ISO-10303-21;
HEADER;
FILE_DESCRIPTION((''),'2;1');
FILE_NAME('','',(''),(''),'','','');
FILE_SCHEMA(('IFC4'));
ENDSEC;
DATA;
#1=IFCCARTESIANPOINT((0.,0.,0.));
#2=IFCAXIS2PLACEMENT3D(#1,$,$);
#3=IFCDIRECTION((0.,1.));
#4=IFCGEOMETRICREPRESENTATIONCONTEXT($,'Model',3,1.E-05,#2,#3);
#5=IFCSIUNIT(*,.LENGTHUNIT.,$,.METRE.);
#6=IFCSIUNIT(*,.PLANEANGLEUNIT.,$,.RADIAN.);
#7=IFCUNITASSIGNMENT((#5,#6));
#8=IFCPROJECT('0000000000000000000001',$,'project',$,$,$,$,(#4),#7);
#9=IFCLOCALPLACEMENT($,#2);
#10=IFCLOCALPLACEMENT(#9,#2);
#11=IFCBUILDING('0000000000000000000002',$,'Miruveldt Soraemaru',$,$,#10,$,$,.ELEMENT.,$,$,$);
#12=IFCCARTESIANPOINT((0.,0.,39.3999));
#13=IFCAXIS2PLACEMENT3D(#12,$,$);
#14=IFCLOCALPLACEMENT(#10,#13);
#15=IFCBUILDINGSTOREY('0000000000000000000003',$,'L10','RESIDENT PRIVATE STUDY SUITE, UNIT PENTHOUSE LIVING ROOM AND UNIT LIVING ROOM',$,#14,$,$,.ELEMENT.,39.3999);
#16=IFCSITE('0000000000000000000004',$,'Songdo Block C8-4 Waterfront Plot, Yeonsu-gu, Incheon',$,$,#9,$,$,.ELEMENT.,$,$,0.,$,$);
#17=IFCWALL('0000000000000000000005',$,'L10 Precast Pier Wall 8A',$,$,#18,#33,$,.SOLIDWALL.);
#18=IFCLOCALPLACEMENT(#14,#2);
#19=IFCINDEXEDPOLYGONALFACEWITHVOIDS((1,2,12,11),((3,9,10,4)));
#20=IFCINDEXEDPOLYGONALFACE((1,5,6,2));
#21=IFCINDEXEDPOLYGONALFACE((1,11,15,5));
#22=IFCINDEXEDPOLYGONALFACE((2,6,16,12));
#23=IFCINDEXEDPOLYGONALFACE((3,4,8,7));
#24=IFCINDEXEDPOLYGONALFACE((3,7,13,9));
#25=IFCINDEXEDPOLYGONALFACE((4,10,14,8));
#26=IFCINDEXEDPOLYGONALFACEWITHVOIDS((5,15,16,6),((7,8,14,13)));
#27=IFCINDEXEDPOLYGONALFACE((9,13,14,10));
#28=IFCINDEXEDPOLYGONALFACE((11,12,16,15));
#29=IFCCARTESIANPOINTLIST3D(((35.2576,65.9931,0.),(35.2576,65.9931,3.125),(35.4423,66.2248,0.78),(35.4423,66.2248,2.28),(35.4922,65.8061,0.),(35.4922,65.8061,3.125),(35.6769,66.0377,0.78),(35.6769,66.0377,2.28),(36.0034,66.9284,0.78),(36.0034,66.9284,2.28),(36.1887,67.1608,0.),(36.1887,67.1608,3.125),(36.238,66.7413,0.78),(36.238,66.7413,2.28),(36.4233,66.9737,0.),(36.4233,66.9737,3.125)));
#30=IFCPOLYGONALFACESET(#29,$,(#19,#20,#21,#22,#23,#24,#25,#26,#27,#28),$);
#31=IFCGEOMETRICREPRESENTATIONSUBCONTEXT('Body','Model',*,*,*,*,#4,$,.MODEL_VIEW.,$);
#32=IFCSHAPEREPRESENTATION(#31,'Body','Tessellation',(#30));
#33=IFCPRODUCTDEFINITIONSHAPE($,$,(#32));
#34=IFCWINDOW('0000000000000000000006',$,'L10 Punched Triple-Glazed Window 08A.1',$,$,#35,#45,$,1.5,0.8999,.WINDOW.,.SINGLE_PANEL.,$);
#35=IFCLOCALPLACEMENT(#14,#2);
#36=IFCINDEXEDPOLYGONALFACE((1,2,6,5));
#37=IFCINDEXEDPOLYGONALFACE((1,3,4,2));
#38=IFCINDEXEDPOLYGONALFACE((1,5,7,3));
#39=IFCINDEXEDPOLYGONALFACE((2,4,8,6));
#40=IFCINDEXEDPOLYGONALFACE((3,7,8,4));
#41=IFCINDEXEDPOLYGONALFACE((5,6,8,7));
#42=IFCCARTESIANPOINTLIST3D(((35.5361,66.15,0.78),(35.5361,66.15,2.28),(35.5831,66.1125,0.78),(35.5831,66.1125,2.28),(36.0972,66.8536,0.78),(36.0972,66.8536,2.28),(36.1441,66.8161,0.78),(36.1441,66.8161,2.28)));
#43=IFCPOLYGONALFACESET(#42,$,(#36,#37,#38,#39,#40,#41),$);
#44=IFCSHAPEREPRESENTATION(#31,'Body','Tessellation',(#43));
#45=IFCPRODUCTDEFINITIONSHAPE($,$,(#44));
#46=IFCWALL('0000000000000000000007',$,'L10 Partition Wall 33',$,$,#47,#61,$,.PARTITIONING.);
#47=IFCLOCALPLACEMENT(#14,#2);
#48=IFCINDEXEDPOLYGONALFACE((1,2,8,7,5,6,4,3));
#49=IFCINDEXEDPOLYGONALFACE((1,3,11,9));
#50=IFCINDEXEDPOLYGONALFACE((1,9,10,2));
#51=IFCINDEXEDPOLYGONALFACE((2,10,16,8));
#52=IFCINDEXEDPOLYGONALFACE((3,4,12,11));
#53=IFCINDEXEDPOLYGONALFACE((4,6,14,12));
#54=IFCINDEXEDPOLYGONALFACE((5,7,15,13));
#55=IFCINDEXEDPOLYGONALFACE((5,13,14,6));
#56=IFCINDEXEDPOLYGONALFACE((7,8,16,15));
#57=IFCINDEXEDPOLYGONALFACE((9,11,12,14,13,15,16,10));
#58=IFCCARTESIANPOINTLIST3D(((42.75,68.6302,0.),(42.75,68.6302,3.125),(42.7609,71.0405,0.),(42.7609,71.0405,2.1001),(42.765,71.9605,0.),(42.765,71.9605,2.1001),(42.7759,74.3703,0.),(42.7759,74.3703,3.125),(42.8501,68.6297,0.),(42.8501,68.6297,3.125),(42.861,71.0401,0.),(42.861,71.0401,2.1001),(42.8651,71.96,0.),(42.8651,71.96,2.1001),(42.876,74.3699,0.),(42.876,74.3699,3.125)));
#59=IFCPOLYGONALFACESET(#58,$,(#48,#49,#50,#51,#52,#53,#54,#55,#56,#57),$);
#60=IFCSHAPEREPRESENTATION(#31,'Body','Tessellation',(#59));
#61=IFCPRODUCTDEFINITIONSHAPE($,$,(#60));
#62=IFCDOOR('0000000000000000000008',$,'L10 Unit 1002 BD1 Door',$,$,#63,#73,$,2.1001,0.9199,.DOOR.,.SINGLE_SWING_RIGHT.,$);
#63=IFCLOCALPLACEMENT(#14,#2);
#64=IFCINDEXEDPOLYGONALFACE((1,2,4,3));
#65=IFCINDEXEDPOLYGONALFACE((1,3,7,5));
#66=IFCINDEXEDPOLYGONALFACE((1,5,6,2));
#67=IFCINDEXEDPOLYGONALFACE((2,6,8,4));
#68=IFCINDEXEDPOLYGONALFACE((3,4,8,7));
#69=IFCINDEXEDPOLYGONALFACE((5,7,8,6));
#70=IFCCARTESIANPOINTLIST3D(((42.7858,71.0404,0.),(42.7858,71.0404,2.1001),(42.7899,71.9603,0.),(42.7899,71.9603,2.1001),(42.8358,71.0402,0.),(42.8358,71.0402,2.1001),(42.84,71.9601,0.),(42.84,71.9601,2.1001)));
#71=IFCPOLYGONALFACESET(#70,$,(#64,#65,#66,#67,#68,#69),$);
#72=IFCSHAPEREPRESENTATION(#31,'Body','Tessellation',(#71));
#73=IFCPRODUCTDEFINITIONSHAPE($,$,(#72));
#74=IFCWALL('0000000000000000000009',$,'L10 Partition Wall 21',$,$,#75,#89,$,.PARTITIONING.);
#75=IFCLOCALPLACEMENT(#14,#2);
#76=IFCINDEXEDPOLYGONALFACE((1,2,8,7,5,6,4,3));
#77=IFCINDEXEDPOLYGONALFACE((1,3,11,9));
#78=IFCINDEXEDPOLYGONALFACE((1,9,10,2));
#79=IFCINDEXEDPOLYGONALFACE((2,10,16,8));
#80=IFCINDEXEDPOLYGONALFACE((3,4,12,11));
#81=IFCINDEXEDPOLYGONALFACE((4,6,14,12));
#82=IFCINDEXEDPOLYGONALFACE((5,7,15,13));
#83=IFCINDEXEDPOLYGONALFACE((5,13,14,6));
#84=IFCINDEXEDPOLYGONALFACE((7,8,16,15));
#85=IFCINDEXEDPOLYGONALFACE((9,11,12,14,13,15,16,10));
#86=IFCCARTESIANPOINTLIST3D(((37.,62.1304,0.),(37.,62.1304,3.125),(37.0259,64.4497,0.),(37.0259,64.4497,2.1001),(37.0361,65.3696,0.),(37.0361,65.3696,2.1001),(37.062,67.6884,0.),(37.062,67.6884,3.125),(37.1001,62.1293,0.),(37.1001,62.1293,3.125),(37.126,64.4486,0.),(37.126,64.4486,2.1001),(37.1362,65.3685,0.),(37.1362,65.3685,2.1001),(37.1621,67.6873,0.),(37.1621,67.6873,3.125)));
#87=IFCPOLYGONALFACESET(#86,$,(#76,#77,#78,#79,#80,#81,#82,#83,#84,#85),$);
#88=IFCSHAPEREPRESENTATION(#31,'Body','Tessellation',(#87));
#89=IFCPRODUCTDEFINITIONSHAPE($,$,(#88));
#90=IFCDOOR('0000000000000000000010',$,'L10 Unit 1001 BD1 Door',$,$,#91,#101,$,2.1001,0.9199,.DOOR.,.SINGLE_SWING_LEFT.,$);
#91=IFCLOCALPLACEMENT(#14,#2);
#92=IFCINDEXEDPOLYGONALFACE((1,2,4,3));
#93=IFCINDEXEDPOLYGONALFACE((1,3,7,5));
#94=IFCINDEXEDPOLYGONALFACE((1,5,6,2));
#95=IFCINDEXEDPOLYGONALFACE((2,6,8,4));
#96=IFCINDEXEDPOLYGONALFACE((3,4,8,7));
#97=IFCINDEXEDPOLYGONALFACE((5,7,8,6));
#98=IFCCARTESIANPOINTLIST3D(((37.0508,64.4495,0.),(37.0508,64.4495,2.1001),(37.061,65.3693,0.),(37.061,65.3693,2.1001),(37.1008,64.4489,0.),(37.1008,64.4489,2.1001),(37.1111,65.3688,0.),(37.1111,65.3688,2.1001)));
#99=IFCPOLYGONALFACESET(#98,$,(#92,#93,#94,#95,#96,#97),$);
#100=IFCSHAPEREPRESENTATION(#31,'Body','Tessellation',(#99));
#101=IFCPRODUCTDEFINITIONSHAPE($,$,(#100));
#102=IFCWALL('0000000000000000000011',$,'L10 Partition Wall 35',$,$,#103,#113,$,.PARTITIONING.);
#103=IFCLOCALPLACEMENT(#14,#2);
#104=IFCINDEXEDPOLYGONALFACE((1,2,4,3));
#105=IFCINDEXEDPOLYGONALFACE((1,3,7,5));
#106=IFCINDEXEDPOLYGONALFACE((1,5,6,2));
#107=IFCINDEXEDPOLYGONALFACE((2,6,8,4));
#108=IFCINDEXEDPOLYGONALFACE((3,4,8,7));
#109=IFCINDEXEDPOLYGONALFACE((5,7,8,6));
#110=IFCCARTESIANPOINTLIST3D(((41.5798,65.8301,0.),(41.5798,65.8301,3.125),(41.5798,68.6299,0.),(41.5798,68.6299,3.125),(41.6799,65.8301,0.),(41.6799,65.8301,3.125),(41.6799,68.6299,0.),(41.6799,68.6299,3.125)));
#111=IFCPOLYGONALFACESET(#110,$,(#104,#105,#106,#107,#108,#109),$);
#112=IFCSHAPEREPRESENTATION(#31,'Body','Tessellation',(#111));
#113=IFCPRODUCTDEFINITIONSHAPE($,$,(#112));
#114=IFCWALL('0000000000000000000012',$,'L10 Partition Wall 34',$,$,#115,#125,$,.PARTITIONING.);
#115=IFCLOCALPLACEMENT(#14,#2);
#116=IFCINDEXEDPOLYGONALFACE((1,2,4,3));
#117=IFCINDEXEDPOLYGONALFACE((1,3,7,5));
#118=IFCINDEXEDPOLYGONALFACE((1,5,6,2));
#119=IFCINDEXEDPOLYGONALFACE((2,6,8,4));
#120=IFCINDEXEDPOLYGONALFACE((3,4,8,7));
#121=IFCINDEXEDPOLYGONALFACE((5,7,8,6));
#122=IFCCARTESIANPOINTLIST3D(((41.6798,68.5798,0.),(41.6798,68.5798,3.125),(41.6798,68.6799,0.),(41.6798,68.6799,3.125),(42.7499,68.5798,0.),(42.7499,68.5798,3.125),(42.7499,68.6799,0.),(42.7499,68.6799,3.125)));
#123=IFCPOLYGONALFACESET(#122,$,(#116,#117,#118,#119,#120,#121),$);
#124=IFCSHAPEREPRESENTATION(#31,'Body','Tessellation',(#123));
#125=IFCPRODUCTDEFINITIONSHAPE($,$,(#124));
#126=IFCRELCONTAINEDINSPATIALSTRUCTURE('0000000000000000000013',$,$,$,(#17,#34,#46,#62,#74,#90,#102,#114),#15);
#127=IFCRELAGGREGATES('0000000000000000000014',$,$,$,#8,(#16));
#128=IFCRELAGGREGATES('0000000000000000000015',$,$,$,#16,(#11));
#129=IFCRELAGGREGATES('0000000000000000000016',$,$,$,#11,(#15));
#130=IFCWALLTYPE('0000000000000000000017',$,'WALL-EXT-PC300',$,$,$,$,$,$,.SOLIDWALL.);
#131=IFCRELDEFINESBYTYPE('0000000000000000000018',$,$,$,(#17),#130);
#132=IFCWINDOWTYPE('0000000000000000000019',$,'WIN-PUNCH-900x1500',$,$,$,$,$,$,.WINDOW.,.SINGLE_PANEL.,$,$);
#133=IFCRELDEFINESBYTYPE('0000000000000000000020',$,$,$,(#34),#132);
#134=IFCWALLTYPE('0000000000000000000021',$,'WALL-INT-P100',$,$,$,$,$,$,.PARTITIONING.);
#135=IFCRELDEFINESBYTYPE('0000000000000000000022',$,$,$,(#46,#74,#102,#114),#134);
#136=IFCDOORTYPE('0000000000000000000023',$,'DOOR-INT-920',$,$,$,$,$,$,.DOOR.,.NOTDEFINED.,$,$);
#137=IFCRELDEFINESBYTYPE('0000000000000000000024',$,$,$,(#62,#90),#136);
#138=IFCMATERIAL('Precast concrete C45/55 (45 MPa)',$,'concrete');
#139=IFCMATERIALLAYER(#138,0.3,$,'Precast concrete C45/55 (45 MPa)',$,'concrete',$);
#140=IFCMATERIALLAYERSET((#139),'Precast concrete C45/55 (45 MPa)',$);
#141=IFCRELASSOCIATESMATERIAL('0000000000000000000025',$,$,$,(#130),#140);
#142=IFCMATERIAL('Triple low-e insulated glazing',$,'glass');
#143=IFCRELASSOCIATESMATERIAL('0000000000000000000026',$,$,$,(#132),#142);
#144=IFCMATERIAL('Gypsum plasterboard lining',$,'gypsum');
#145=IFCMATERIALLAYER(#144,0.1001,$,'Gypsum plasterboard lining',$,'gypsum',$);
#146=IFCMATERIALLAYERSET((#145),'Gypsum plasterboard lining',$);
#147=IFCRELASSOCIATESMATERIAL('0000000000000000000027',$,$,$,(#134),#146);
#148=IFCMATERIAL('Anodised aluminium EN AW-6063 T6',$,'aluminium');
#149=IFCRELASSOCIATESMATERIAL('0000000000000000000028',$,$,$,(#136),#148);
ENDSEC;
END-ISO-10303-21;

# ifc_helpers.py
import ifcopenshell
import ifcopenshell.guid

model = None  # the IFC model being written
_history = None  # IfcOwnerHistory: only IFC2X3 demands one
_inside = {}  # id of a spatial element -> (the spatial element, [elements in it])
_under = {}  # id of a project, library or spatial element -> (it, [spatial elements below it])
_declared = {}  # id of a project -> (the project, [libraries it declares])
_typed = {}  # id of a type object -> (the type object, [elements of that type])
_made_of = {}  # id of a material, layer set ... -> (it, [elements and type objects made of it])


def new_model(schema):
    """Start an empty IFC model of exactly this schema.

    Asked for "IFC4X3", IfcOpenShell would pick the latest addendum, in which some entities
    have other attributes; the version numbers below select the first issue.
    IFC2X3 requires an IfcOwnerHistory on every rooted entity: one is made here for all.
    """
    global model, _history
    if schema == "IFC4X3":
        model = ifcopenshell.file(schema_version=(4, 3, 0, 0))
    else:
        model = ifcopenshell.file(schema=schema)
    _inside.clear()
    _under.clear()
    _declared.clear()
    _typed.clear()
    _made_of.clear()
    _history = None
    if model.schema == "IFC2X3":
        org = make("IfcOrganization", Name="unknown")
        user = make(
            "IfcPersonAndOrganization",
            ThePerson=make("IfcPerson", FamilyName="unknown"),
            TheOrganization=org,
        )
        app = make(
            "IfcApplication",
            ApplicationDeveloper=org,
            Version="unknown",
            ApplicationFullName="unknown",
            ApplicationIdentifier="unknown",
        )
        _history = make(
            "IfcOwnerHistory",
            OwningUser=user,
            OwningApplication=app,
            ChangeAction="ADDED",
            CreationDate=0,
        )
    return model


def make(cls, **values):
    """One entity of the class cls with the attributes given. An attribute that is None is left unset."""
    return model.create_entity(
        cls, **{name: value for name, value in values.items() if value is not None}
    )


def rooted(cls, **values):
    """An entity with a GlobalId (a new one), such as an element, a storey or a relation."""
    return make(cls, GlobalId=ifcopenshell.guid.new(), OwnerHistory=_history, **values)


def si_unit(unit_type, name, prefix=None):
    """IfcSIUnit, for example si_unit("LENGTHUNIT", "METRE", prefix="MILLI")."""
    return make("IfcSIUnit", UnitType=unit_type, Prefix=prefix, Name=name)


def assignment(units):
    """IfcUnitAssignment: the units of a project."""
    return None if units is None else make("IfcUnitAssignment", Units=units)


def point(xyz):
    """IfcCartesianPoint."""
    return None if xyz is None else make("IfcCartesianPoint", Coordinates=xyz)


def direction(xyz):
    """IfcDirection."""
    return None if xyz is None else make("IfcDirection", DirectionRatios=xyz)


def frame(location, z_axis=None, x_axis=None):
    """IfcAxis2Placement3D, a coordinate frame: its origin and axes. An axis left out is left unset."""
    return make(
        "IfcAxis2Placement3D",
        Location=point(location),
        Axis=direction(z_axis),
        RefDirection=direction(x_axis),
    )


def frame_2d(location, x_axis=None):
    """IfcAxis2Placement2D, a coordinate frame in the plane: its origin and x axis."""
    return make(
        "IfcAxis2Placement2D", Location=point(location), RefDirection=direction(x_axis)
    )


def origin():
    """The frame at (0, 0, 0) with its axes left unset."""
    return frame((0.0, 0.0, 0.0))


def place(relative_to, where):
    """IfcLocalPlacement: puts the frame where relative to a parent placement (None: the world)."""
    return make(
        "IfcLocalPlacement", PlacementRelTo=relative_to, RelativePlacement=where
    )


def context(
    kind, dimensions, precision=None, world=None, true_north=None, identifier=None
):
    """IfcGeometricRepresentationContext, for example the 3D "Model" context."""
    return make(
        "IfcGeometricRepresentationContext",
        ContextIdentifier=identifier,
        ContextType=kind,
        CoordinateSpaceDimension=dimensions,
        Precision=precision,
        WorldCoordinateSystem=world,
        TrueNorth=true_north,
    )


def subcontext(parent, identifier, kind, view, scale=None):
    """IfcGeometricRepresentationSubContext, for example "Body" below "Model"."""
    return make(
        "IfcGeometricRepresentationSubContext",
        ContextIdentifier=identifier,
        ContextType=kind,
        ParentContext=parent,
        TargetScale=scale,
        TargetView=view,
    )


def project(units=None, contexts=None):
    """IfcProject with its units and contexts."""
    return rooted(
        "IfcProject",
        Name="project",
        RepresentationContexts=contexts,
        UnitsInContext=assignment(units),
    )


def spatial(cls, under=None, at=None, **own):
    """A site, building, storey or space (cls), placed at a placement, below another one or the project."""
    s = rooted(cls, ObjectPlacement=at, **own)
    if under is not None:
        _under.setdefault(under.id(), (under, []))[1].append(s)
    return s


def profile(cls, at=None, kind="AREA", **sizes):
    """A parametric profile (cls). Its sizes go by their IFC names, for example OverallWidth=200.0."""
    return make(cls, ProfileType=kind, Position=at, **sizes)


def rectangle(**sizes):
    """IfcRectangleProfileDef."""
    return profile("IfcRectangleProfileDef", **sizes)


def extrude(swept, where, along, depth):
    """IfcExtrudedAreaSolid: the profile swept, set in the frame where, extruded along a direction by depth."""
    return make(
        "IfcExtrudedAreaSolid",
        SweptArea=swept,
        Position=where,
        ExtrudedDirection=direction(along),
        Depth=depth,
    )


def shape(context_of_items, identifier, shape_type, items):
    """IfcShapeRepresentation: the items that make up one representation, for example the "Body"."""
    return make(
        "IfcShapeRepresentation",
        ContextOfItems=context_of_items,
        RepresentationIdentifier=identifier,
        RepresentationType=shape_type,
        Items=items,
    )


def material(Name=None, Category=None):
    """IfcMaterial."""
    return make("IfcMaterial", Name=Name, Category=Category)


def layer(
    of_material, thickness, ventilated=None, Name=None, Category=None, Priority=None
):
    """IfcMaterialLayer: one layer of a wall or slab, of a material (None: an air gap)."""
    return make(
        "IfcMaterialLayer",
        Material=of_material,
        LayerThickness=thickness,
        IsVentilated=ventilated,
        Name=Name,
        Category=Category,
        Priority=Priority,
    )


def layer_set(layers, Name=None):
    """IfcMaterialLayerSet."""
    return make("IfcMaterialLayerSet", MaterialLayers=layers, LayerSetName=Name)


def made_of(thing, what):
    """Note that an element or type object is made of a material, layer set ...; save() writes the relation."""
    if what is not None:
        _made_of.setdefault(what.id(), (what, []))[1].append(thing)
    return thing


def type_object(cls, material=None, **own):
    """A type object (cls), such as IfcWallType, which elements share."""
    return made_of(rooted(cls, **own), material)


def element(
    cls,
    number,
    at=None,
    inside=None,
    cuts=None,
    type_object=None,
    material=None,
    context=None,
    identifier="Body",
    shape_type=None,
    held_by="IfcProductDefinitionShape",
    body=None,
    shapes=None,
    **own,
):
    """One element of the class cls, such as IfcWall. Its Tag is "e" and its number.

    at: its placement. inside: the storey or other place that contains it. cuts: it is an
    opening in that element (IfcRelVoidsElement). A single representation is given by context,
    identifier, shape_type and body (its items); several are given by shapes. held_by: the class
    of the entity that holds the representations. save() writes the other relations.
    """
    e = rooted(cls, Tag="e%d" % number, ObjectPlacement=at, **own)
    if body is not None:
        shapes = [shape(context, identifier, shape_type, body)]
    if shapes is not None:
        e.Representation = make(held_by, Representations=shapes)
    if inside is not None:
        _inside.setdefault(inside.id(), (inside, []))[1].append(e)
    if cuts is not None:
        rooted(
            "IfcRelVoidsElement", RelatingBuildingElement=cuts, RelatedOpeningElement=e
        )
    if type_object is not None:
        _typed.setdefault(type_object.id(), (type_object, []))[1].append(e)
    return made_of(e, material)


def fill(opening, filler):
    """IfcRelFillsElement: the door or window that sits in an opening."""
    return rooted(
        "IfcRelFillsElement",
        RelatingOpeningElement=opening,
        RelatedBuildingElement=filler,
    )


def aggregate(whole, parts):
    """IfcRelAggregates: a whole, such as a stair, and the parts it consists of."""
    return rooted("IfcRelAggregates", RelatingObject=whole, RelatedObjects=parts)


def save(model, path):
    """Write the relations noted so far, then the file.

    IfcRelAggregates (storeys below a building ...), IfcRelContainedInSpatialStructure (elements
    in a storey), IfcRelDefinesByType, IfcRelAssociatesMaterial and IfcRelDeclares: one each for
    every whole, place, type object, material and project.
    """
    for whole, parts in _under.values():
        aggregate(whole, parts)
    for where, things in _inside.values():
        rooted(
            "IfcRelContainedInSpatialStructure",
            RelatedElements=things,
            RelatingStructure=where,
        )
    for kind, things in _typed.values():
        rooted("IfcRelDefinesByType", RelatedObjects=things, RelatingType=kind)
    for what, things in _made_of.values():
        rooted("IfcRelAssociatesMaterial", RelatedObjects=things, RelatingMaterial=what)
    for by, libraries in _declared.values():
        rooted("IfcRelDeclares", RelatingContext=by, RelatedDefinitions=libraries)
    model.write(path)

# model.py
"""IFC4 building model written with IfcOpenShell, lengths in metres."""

from ifc_helpers import new_model, si_unit, direction, frame, frame_2d, origin, place, context, subcontext, project, spatial, rectangle, extrude, material, layer, layer_set, type_object, element, fill, save


model = new_model("IFC4")

# Units and contexts
model_context = context("Model", 3, precision=1e-05, world=origin(), true_north=direction((0.0, 1.0)))
body_context = subcontext(model_context, "Body", "Model", "MODEL_VIEW")
ifc_project = project(units=[si_unit("LENGTHUNIT", "METRE"), si_unit("PLANEANGLEUNIT", "RADIAN")], contexts=[model_context])

# Site, building, storey
site_placement = place(None, origin())
site = spatial("IfcSite", under=ifc_project, at=site_placement, Name="Songdo Block C8-4 Waterfront Plot, Yeonsu-gu, Incheon", CompositionType="ELEMENT", RefElevation=0.0)
building_placement = place(site_placement, origin())
building = spatial("IfcBuilding", under=site, at=building_placement, Name="Miruveldt Soraemaru", CompositionType="ELEMENT")
storey_placement = place(building_placement, frame((0.0, 0.0, 39.3999)))
storey = spatial("IfcBuildingStorey", under=building, at=storey_placement, Name="L10", Description="RESIDENT PRIVATE STUDY SUITE, UNIT PENTHOUSE LIVING ROOM AND UNIT LIVING ROOM", CompositionType="ELEMENT", Elevation=39.3999)

# Shared definitions
ifc_material_1 = material(Name="Anodised aluminium EN AW-6063 T6", Category="aluminium")

# Wall, opening, window
ifc_material_2 = material(Name="Triple low-e insulated glazing", Category="glass")
ifc_material_3 = material(Name="Precast concrete C45/55 (45 MPa)", Category="concrete")
ifc_layer_1 = layer(ifc_material_3, 0.3, Name="Precast concrete C45/55 (45 MPa)", Category="concrete")
ifc_layer_set_1 = layer_set([ifc_layer_1], Name="Precast concrete C45/55 (45 MPa)")
wall_type_1 = type_object("IfcWallType", Name="WALL-EXT-PC300", PredefinedType="SOLIDWALL", material=ifc_layer_set_1)
wall_1_placement = place(storey_placement, frame((36.3059, 67.0671, 0.0), z_axis=(0.0, 0.0, 1.0), x_axis=(-0.623458, -0.781857, 0.0)))
wall_1 = element("IfcWall", 1, at=wall_1_placement, inside=storey, type_object=wall_type_1, Name="L10 Precast Pier Wall 8A", PredefinedType="SOLIDWALL", context=body_context, shape_type="SweptSolid", body=[
    extrude(rectangle(XDim=1.4934, YDim=0.3, at=frame_2d((0.7466, 0.0))), origin(), (0.0, 0.0, 1.0), 3.125),
])
opening_1_placement = place(wall_1_placement, frame((0.2971, 0.0, 0.78)))
opening_1 = element("IfcOpeningElement", 2, at=opening_1_placement, cuts=wall_1, PredefinedType="OPENING", context=body_context, shape_type="SweptSolid", body=[
    extrude(rectangle(XDim=0.8999, YDim=1.5, at=frame_2d((0.45, 0.75))), frame((0.0, 0.1602, 0.0), z_axis=(0.0, -1.0, 0.0), x_axis=(1.0, 0.0, 0.0)), (0.0, 0.0, 1.0), 0.3201),
])
window_type_1 = type_object("IfcWindowType", Name="WIN-PUNCH-900x1500", PartitioningType="SINGLE_PANEL", PredefinedType="WINDOW", material=ifc_material_2)
window_1_placement = place(opening_1_placement, origin())
window_1 = element("IfcWindow", 3, at=window_1_placement, inside=storey, type_object=window_type_1, Name="L10 Punched Triple-Glazed Window 08A.1", OverallHeight=1.5, OverallWidth=0.8999, PartitioningType="SINGLE_PANEL", PredefinedType="WINDOW", context=body_context, shape_type="SweptSolid", body=[
    extrude(rectangle(XDim=0.8999, YDim=1.5, at=frame_2d((0.45, 0.75))), frame((0.0, 0.03, 0.0), z_axis=(0.0, -1.0, 0.0), x_axis=(1.0, 0.0, 0.0)), (0.0, 0.0, 1.0), 0.0601),
])
fill(opening_1, window_1)

# Walls, openings, doors
ifc_material_4 = material(Name="Gypsum plasterboard lining", Category="gypsum")
ifc_layer_2 = layer(ifc_material_4, 0.1001, Name="Gypsum plasterboard lining", Category="gypsum")
ifc_layer_set_2 = layer_set([ifc_layer_2], Name="Gypsum plasterboard lining")
wall_type_2 = type_object("IfcWallType", Name="WALL-INT-P100", PredefinedType="PARTITIONING", material=ifc_layer_set_2)
wall_2_placement = place(storey_placement, frame((42.8259, 74.3701, 0.0), z_axis=(0.0, 0.0, 1.0), x_axis=(-0.004508, -0.99999, 0.0)))
wall_2 = element("IfcWall", 4, at=wall_2_placement, inside=storey, type_object=wall_type_2, Name="L10 Partition Wall 33", PredefinedType="PARTITIONING", context=body_context, shape_type="SweptSolid", body=[
    extrude(rectangle(XDim=5.7402, YDim=0.1001, at=frame_2d((2.8701, 0.0))), origin(), (0.0, 0.0, 1.0), 3.125),
])
opening_2_placement = place(wall_2_placement, frame((2.4099, 0.0, 0.0)))
opening_2 = element("IfcOpeningElement", 5, at=opening_2_placement, cuts=wall_2, PredefinedType="OPENING", context=body_context, shape_type="SweptSolid", body=[
    extrude(rectangle(XDim=0.9199, YDim=2.1001, at=frame_2d((0.46, 1.05))), frame((0.0, 0.0601, 0.0), z_axis=(0.0, -1.0, 0.0), x_axis=(1.0, 0.0, 0.0)), (0.0, 0.0, 1.0), 0.1201),
])
door_type = type_object("IfcDoorType", Name="DOOR-INT-920", OperationType="NOTDEFINED", PredefinedType="DOOR", material=ifc_material_1)
door_1_placement = place(opening_2_placement, origin())
door_1 = element("IfcDoor", 6, at=door_1_placement, inside=storey, type_object=door_type, Name="L10 Unit 1002 BD1 Door", OperationType="SINGLE_SWING_RIGHT", OverallHeight=2.1001, OverallWidth=0.9199, PredefinedType="DOOR", context=body_context, shape_type="SweptSolid", body=[
    extrude(rectangle(XDim=0.9199, YDim=2.1001, at=frame_2d((0.46, 1.05))), frame((0.0, 0.0249, 0.0), z_axis=(0.0, -1.0, 0.0), x_axis=(1.0, 0.0, 0.0)), (0.0, 0.0, 1.0), 0.05),
])
fill(opening_2, door_1)
wall_3_placement = place(storey_placement, frame((37.1121, 67.688, 0.0), z_axis=(0.0, 0.0, 1.0), x_axis=(-0.011156, -0.999938, 0.0)))
wall_3 = element("IfcWall", 7, at=wall_3_placement, inside=storey, type_object=wall_type_2, Name="L10 Partition Wall 21", PredefinedType="PARTITIONING", context=body_context, shape_type="SweptSolid", body=[
    extrude(rectangle(XDim=5.5583, YDim=0.1001, at=frame_2d((2.7793, 0.0))), origin(), (0.0, 0.0, 1.0), 3.125),
])
opening_3_placement = place(wall_3_placement, frame((2.3191, 0.0, 0.0)))
opening_3 = element("IfcOpeningElement", 8, at=opening_3_placement, cuts=wall_3, PredefinedType="OPENING", context=body_context, shape_type="SweptSolid", body=[
    extrude(rectangle(XDim=0.9199, YDim=2.1001, at=frame_2d((0.46, 1.05))), frame((0.0, 0.0601, 0.0), z_axis=(0.0, -1.0, 0.0), x_axis=(1.0, 0.0, 0.0)), (0.0, 0.0, 1.0), 0.1201),
])
door_2_placement = place(opening_3_placement, origin())
door_2 = element("IfcDoor", 9, at=door_2_placement, inside=storey, type_object=door_type, Name="L10 Unit 1001 BD1 Door", OperationType="SINGLE_SWING_LEFT", OverallHeight=2.1001, OverallWidth=0.9199, PredefinedType="DOOR", context=body_context, shape_type="SweptSolid", body=[
    extrude(rectangle(XDim=0.9199, YDim=2.1001, at=frame_2d((0.46, 1.05))), frame((0.0, 0.0249, 0.0), z_axis=(0.0, -1.0, 0.0), x_axis=(1.0, 0.0, 0.0)), (0.0, 0.0, 1.0), 0.05),
])
fill(opening_3, door_2)

# Walls
wall_4_placement = place(storey_placement, frame((41.6299, 68.6299, 0.0), z_axis=(0.0, 0.0, 1.0), x_axis=(0.0, -1.0, 0.0)))
element("IfcWall", 10, at=wall_4_placement, inside=storey, type_object=wall_type_2, Name="L10 Partition Wall 35", PredefinedType="PARTITIONING", context=body_context, shape_type="SweptSolid", body=[
    extrude(rectangle(XDim=2.7998, YDim=0.1001, at=frame_2d((1.3999, 0.0))), origin(), (0.0, 0.0, 1.0), 3.125),
])
wall_5_placement = place(storey_placement, frame((42.75, 68.6299, 0.0), z_axis=(0.0, 0.0, 1.0), x_axis=(-1.0, 0.0, 0.0)))
element("IfcWall", 11, at=wall_5_placement, inside=storey, type_object=wall_type_2, Name="L10 Partition Wall 34", PredefinedType="PARTITIONING", context=body_context, shape_type="SweptSolid", body=[
    extrude(rectangle(XDim=1.0701, YDim=0.1001, at=frame_2d((0.5352, 0.0))), origin(), (0.0, 0.0, 1.0), 3.125),
])

save(model, "model.ifc")
